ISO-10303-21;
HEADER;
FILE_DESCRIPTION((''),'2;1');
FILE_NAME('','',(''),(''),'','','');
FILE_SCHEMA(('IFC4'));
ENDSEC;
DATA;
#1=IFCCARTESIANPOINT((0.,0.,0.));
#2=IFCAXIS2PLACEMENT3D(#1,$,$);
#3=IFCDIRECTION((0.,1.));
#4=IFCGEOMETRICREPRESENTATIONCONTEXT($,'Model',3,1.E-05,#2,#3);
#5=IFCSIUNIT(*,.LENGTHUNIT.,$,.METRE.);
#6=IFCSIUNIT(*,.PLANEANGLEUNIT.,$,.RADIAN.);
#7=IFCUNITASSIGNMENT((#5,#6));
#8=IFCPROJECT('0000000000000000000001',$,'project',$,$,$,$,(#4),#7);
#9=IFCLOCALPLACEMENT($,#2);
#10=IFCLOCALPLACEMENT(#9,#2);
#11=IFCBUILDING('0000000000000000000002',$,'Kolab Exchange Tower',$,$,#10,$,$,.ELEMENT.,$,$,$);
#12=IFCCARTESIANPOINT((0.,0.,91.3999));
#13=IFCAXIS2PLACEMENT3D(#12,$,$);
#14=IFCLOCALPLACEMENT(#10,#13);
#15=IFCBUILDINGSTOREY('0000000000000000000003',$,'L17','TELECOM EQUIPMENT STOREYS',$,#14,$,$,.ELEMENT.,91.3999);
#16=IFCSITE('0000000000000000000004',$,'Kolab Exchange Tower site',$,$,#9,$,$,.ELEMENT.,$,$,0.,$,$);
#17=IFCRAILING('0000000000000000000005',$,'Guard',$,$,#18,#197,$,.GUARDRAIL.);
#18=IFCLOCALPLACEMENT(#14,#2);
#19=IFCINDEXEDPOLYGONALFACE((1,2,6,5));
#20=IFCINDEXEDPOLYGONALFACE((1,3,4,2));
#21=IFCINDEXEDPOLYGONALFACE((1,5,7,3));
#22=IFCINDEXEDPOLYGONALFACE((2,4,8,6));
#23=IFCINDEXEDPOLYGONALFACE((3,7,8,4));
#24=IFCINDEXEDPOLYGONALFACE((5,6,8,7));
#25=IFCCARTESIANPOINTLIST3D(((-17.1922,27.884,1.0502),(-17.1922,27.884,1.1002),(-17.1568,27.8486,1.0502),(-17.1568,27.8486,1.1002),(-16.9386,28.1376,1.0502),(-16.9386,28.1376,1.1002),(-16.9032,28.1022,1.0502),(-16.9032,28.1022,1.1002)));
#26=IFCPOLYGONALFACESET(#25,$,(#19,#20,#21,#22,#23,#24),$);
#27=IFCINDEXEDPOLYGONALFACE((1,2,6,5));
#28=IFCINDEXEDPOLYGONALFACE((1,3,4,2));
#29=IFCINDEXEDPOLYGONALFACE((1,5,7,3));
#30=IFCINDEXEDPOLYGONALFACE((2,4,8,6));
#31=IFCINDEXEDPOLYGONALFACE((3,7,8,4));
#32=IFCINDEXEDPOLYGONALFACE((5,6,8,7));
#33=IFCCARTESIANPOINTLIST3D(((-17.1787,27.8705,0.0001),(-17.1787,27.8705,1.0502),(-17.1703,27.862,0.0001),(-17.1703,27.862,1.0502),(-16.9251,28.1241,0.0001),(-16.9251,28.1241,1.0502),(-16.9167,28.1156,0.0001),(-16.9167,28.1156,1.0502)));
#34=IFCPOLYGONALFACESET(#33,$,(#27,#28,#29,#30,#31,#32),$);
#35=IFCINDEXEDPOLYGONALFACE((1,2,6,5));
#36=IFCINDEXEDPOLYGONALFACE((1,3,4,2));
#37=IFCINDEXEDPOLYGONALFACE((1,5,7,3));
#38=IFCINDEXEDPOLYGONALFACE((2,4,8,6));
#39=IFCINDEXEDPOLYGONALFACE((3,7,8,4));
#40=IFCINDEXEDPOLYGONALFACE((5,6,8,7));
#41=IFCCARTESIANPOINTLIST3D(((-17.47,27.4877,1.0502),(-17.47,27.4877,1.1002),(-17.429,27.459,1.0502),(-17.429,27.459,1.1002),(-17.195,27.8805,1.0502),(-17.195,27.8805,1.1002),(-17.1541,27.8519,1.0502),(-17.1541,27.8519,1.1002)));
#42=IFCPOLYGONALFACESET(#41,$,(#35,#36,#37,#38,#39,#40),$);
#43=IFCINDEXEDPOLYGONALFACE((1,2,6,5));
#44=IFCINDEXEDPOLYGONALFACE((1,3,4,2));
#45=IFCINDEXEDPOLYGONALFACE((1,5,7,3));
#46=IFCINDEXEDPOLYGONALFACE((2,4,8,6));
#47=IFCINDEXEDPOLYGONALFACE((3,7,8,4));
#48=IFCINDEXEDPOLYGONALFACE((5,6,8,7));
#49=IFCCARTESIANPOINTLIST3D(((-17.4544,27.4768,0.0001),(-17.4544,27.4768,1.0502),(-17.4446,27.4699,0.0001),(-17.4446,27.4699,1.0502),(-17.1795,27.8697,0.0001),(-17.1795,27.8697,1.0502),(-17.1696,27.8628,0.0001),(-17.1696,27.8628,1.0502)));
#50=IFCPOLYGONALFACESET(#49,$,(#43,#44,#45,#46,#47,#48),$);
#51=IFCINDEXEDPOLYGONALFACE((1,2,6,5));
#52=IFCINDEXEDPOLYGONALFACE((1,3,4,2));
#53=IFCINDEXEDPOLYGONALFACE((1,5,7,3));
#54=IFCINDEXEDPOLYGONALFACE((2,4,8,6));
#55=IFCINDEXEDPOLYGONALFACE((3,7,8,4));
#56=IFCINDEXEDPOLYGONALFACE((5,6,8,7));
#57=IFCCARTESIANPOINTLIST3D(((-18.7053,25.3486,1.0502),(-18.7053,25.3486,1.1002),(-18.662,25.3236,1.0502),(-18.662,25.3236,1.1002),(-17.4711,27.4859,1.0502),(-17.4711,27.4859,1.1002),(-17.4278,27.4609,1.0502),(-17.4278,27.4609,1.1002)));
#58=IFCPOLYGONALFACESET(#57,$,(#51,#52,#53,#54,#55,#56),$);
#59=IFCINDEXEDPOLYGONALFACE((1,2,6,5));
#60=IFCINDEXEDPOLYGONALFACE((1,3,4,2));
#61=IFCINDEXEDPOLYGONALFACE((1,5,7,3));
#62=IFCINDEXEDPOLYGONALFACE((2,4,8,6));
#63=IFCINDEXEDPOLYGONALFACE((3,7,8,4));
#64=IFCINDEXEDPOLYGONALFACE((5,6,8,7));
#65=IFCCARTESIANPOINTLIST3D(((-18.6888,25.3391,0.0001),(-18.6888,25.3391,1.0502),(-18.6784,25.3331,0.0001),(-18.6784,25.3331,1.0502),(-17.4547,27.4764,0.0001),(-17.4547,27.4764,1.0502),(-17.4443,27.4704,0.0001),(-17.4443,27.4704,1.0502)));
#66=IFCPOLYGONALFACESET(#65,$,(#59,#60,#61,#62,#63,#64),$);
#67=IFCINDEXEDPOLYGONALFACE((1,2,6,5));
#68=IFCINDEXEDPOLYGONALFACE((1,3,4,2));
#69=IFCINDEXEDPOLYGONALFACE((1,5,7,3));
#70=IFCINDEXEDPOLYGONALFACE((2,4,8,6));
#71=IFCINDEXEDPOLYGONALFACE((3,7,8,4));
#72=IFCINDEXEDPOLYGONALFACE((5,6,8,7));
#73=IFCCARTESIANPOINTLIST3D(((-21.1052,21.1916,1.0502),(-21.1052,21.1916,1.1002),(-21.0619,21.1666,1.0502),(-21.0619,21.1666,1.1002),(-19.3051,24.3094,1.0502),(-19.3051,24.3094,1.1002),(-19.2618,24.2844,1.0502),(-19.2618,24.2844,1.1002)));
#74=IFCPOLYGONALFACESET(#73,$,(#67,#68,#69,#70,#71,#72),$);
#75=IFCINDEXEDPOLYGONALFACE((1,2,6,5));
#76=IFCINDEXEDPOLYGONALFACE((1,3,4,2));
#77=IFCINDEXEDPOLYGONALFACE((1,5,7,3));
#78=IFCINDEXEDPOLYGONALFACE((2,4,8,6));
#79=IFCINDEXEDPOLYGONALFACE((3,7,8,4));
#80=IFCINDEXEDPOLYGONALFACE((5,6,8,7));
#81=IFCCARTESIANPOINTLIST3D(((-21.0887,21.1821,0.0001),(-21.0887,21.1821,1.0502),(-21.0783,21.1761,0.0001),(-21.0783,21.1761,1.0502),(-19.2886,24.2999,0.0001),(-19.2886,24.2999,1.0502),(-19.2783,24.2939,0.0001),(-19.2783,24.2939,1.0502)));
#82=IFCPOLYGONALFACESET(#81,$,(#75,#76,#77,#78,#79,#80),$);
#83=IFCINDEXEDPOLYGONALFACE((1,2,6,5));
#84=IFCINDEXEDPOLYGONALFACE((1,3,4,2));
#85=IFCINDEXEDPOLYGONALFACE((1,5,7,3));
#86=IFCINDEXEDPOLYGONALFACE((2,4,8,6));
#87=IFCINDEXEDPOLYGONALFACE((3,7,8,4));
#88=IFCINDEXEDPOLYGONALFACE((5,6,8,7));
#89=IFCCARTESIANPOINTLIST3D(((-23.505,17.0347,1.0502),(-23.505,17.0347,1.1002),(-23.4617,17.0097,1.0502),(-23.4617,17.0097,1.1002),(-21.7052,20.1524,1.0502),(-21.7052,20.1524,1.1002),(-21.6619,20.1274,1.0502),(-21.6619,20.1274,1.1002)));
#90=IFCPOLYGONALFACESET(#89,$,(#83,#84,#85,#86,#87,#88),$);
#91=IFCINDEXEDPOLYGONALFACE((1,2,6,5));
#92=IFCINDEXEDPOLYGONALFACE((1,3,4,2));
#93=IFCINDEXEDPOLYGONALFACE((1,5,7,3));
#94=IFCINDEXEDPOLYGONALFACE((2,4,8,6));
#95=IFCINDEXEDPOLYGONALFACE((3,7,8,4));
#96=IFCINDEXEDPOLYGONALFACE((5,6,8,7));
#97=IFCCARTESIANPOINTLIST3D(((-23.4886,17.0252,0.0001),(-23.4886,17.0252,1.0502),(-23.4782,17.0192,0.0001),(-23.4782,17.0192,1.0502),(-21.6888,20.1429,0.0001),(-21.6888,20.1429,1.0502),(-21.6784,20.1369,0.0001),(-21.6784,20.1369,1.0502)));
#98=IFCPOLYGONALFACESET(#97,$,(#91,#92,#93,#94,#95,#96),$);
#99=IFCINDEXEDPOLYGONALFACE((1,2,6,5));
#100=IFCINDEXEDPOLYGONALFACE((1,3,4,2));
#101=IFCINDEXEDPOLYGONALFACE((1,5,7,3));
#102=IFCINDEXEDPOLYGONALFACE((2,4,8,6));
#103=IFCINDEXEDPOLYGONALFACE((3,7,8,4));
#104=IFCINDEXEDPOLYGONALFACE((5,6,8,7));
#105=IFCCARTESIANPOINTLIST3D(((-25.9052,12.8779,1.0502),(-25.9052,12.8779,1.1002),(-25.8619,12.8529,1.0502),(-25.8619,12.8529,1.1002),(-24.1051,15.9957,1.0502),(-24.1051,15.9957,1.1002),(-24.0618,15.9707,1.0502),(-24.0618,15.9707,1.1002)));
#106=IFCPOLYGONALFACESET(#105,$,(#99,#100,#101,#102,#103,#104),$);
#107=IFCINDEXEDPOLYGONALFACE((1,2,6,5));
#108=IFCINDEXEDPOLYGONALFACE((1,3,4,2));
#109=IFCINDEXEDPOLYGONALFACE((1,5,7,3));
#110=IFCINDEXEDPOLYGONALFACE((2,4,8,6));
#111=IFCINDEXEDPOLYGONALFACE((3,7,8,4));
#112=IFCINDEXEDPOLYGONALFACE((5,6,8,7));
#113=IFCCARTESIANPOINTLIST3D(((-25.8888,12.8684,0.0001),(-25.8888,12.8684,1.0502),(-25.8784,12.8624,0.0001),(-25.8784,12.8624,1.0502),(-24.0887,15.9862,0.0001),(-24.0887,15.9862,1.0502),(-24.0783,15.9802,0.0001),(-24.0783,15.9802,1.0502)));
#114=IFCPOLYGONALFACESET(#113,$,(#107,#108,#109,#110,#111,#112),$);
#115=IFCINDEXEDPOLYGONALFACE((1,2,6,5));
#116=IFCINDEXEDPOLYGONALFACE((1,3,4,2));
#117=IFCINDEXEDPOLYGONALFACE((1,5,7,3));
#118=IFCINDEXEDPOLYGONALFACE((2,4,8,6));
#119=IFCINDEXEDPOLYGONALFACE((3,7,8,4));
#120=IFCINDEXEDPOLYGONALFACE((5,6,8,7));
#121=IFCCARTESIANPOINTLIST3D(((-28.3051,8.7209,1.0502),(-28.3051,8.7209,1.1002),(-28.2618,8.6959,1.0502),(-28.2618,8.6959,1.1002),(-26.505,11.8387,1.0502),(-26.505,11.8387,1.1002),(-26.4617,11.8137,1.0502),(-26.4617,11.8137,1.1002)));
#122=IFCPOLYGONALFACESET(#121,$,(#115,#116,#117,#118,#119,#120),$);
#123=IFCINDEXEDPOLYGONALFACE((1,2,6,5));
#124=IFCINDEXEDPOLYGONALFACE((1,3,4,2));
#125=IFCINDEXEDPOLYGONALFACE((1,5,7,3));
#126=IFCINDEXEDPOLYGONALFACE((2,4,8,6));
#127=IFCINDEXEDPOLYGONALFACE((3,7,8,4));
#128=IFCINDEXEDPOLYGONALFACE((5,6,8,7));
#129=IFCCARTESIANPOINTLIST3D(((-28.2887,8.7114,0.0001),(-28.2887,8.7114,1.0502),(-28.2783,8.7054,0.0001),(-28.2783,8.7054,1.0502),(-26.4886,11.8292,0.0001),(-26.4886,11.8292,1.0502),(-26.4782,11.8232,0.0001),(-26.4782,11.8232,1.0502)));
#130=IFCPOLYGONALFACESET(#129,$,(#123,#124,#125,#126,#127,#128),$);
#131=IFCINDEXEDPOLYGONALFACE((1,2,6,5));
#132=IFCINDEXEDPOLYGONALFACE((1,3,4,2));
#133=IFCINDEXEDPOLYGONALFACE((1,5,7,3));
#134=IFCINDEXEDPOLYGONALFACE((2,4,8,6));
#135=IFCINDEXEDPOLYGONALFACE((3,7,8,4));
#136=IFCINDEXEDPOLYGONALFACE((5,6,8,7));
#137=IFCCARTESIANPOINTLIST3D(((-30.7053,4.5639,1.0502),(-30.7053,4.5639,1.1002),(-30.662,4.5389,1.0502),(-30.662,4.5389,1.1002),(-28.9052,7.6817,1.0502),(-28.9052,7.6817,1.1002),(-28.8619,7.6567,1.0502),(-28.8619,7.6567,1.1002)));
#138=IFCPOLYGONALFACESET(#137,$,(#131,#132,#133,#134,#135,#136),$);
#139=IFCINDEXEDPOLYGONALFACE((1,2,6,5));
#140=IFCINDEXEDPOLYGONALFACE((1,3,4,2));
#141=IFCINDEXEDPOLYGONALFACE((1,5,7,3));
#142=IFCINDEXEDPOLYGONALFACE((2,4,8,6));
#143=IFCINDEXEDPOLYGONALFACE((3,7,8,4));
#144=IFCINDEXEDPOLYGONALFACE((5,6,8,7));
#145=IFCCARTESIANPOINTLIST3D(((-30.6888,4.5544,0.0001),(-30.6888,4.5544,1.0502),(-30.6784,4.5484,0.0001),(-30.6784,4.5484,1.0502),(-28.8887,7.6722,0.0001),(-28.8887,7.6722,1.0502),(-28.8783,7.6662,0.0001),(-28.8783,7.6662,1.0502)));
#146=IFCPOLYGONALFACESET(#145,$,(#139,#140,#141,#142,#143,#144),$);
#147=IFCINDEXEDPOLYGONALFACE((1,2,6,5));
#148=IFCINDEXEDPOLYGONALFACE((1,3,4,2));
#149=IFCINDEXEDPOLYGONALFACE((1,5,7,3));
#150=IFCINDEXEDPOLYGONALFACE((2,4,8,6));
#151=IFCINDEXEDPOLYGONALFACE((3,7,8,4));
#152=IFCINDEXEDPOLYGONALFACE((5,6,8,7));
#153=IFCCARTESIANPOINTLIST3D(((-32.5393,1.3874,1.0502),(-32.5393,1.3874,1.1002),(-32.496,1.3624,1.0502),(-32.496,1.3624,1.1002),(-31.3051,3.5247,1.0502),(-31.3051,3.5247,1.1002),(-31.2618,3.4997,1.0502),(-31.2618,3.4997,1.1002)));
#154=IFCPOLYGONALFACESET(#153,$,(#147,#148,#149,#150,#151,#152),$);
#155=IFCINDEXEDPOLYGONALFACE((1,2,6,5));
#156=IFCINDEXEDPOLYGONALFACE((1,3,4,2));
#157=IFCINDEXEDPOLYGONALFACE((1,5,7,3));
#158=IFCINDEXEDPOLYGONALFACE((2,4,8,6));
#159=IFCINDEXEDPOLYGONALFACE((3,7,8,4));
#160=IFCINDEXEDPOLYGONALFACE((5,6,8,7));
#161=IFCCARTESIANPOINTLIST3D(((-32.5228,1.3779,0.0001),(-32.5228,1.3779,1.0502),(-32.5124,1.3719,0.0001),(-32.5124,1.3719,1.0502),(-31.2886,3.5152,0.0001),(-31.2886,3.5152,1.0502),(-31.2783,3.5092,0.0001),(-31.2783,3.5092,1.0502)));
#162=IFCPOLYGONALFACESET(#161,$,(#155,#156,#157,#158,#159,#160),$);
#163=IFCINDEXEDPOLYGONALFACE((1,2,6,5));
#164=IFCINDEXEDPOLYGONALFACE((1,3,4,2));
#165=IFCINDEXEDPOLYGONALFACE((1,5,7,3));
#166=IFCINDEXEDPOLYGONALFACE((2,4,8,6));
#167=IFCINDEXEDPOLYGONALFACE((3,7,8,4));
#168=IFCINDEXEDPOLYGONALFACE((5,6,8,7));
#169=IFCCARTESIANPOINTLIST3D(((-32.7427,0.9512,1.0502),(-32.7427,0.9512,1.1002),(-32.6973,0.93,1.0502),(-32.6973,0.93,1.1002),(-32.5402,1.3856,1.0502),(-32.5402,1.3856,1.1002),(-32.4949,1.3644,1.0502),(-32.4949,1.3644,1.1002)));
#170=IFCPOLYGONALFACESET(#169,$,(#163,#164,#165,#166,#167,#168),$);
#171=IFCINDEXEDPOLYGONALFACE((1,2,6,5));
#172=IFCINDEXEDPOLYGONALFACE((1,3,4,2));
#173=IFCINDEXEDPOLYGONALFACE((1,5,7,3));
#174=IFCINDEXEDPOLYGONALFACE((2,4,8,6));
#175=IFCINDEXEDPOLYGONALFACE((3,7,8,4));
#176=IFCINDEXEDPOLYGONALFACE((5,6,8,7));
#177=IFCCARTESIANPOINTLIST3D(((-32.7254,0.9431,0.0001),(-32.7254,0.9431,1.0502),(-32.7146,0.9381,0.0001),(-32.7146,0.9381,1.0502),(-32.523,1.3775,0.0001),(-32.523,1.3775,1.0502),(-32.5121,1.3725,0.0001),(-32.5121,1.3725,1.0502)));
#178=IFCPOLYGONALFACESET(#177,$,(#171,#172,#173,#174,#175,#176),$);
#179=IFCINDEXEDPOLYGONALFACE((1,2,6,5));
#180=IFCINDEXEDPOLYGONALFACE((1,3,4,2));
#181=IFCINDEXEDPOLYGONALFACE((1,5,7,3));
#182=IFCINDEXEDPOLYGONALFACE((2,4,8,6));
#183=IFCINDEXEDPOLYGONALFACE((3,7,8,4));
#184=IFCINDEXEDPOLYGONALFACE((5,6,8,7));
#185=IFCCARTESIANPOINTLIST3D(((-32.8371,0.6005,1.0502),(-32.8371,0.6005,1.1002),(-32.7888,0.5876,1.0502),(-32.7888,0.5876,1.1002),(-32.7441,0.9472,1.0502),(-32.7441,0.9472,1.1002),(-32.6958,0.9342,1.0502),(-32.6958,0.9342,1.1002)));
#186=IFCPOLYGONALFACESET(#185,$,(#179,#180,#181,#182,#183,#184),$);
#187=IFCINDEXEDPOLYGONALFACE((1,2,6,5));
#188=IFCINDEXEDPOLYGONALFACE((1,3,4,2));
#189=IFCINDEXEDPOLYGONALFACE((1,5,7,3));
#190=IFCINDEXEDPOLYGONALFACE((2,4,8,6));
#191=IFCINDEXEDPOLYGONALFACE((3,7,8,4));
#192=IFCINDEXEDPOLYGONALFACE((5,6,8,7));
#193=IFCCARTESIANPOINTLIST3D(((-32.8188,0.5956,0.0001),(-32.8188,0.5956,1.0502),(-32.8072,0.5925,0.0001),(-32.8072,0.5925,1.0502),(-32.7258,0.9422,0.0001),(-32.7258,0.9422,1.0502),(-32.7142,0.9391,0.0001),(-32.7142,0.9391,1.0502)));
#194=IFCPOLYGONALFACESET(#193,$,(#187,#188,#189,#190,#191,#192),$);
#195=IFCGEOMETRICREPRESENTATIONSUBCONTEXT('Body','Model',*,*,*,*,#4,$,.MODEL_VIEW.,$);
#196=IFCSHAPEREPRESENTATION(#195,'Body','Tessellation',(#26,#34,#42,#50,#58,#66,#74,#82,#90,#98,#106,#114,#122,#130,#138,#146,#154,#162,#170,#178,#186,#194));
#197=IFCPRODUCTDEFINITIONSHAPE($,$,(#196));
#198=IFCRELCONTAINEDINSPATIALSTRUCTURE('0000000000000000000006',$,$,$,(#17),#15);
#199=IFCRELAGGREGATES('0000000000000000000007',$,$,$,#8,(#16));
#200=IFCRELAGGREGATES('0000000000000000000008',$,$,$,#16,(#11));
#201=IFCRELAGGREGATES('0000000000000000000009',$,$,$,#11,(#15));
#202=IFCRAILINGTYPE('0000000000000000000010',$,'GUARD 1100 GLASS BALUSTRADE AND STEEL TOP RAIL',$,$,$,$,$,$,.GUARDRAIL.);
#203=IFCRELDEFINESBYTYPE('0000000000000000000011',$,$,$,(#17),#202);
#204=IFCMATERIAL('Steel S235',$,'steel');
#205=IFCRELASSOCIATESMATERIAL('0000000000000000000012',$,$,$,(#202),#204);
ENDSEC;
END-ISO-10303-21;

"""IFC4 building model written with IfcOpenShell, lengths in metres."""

from ifc_helpers import new_model, si_unit, direction, frame, frame_2d, origin, origin_2d, place, context, subcontext, project, spatial, rectangle, extrude, material, type_object, element, save


model = new_model("IFC4")

# Units and contexts
model_context = context("Model", 3, precision=1e-05, world=origin(), true_north=direction((0.0, 1.0)))
body_context = subcontext(model_context, "Body", "Model", "MODEL_VIEW")
ifc_project = project(units=[si_unit("LENGTHUNIT", "METRE"), si_unit("PLANEANGLEUNIT", "RADIAN")], contexts=[model_context])

# Site, building, storey
site_placement = place(None, origin())
site = spatial("IfcSite", under=ifc_project, at=site_placement, Name="Kolab Exchange Tower site", CompositionType="ELEMENT", RefElevation=0.0)
building_placement = place(site_placement, origin())
building = spatial("IfcBuilding", under=site, at=building_placement, Name="Kolab Exchange Tower", CompositionType="ELEMENT")
storey_placement = place(building_placement, frame((0.0, 0.0, 91.3999)))
storey = spatial("IfcBuildingStorey", under=building, at=storey_placement, Name="L17", Description="TELECOM EQUIPMENT STOREYS", CompositionType="ELEMENT", Elevation=91.3999)

# Railing
ifc_material_1 = material(Name="Steel S235", Category="steel")
railing_type = type_object("IfcRailingType", Name="GUARD 1100 GLASS BALUSTRADE AND STEEL TOP RAIL", PredefinedType="GUARDRAIL", material=ifc_material_1)
railing_placement = place(storey_placement, frame((-16.9209, 28.1199, 0.0)))
element("IfcRailing", 1, at=railing_placement, inside=storey, type_object=railing_type, Name="Guard", PredefinedType="GUARDRAIL", context=body_context, shape_type="SweptSolid", body=[
    extrude(rectangle(XDim=0.05, YDim=0.05, at=origin_2d()), frame((0.0, 0.0, 1.0752), z_axis=(-0.707107, -0.707107, 0.0), x_axis=(0.707107, -0.707107, 0.0)), (0.0, 0.0, 1.0), 0.3586),
    extrude(rectangle(XDim=0.012, YDim=1.0501, at=frame_2d((0.0, 0.5251))), frame((0.0, 0.0, 0.0), z_axis=(-0.707107, -0.707107, 0.0), x_axis=(0.707107, -0.707107, 0.0)), (0.0, 0.0, 1.0), 0.3586),
    extrude(rectangle(XDim=0.05, YDim=0.05, at=origin_2d()), frame((-0.2537, -0.2537, 1.0752), z_axis=(-0.57336, -0.819304, 0.0), x_axis=(0.819304, -0.57336, 0.0)), (0.0, 0.0, 1.0), 0.4795),
    extrude(rectangle(XDim=0.012, YDim=1.0501, at=frame_2d((0.0, 0.5251))), frame((-0.2537, -0.2537, 0.0), z_axis=(-0.57336, -0.819304, 0.0), x_axis=(0.819304, -0.57336, 0.0)), (0.0, 0.0, 1.0), 0.4795),
    extrude(rectangle(XDim=0.05, YDim=0.05, at=origin_2d()), frame((-0.5286, -0.6465, 1.0752), z_axis=(-0.500065, -0.865988, 0.0), x_axis=(0.865988, -0.500065, 0.0)), (0.0, 0.0, 1.0), 2.468),
    extrude(rectangle(XDim=0.012, YDim=1.0501, at=frame_2d((0.0, 0.5251))), frame((-0.5286, -0.6465, 0.0), z_axis=(-0.500065, -0.865988, 0.0), x_axis=(0.865988, -0.500065, 0.0)), (0.0, 0.0, 1.0), 2.468),
    extrude(rectangle(XDim=0.05, YDim=0.05, at=origin_2d()), frame((-2.3625, -3.823, 1.0752), z_axis=(-0.500012, -0.866018, 0.0), x_axis=(0.866018, -0.500012, 0.0)), (0.0, 0.0, 1.0), 3.6001),
    extrude(rectangle(XDim=0.012, YDim=1.0501, at=frame_2d((0.0, 0.5251))), frame((-2.3625, -3.823, 0.0), z_axis=(-0.500012, -0.866018, 0.0), x_axis=(0.866018, -0.500012, 0.0)), (0.0, 0.0, 1.0), 3.6001),
    extrude(rectangle(XDim=0.05, YDim=0.05, at=origin_2d()), frame((-4.7627, -7.98, 1.0752), z_axis=(-0.499961, -0.866048, 0.0), x_axis=(0.866048, -0.499961, 0.0)), (0.0, 0.0, 1.0), 3.5999),
    extrude(rectangle(XDim=0.012, YDim=1.0501, at=frame_2d((0.0, 0.5251))), frame((-4.7627, -7.98, 0.0), z_axis=(-0.499961, -0.866048, 0.0), x_axis=(0.866048, -0.499961, 0.0)), (0.0, 0.0, 1.0), 3.5999),
    extrude(rectangle(XDim=0.05, YDim=0.05, at=origin_2d()), frame((-7.1626, -12.1367, 1.0752), z_axis=(-0.500012, -0.866018, 0.0), x_axis=(0.866018, -0.500012, 0.0)), (0.0, 0.0, 1.0), 3.6001),
    extrude(rectangle(XDim=0.012, YDim=1.0501, at=frame_2d((0.0, 0.5251))), frame((-7.1626, -12.1367, 0.0), z_axis=(-0.500012, -0.866018, 0.0), x_axis=(0.866018, -0.500012, 0.0)), (0.0, 0.0, 1.0), 3.6001),
    extrude(rectangle(XDim=0.05, YDim=0.05, at=origin_2d()), frame((-9.5625, -16.2937, 1.0752), z_axis=(-0.500012, -0.866018, 0.0), x_axis=(0.866018, -0.500012, 0.0)), (0.0, 0.0, 1.0), 3.6001),
    extrude(rectangle(XDim=0.012, YDim=1.0501, at=frame_2d((0.0, 0.5251))), frame((-9.5625, -16.2937, 0.0), z_axis=(-0.500012, -0.866018, 0.0), x_axis=(0.866018, -0.500012, 0.0)), (0.0, 0.0, 1.0), 3.6001),
    extrude(rectangle(XDim=0.05, YDim=0.05, at=origin_2d()), frame((-11.9626, -20.4507, 1.0752), z_axis=(-0.500012, -0.866018, 0.0), x_axis=(0.866018, -0.500012, 0.0)), (0.0, 0.0, 1.0), 3.6001),
    extrude(rectangle(XDim=0.012, YDim=1.0501, at=frame_2d((0.0, 0.5251))), frame((-11.9626, -20.4507, 0.0), z_axis=(-0.500012, -0.866018, 0.0), x_axis=(0.866018, -0.500012, 0.0)), (0.0, 0.0, 1.0), 3.6001),
    extrude(rectangle(XDim=0.05, YDim=0.05, at=origin_2d()), frame((-14.3625, -24.6077, 1.0752), z_axis=(-0.500065, -0.865988, 0.0), x_axis=(0.865988, -0.500065, 0.0)), (0.0, 0.0, 1.0), 2.468),
    extrude(rectangle(XDim=0.012, YDim=1.0501, at=frame_2d((0.0, 0.5251))), frame((-14.3625, -24.6077, 0.0), z_axis=(-0.500065, -0.865988, 0.0), x_axis=(0.865988, -0.500065, 0.0)), (0.0, 0.0, 1.0), 2.468),
    extrude(rectangle(XDim=0.05, YDim=0.05, at=origin_2d()), frame((-15.5967, -26.7449, 1.0752), z_axis=(-0.422383, -0.906417, 0.0), x_axis=(0.906417, -0.422383, 0.0)), (0.0, 0.0, 1.0), 0.4792),
    extrude(rectangle(XDim=0.012, YDim=1.0501, at=frame_2d((0.0, 0.5251))), frame((-15.5967, -26.7449, 0.0), z_axis=(-0.422383, -0.906417, 0.0), x_axis=(0.906417, -0.422383, 0.0)), (0.0, 0.0, 1.0), 0.4792),
    extrude(rectangle(XDim=0.05, YDim=0.05, at=origin_2d()), frame((-15.7991, -27.1792, 1.0752), z_axis=(-0.259144, -0.965839, 0.0), x_axis=(0.965839, -0.259144, 0.0)), (0.0, 0.0, 1.0), 0.3589),
    extrude(rectangle(XDim=0.012, YDim=1.0501, at=frame_2d((0.0, 0.5251))), frame((-15.7991, -27.1792, 0.0), z_axis=(-0.259144, -0.965839, 0.0), x_axis=(0.965839, -0.259144, 0.0)), (0.0, 0.0, 1.0), 0.3589),
])

save(model, "model.ifc")
